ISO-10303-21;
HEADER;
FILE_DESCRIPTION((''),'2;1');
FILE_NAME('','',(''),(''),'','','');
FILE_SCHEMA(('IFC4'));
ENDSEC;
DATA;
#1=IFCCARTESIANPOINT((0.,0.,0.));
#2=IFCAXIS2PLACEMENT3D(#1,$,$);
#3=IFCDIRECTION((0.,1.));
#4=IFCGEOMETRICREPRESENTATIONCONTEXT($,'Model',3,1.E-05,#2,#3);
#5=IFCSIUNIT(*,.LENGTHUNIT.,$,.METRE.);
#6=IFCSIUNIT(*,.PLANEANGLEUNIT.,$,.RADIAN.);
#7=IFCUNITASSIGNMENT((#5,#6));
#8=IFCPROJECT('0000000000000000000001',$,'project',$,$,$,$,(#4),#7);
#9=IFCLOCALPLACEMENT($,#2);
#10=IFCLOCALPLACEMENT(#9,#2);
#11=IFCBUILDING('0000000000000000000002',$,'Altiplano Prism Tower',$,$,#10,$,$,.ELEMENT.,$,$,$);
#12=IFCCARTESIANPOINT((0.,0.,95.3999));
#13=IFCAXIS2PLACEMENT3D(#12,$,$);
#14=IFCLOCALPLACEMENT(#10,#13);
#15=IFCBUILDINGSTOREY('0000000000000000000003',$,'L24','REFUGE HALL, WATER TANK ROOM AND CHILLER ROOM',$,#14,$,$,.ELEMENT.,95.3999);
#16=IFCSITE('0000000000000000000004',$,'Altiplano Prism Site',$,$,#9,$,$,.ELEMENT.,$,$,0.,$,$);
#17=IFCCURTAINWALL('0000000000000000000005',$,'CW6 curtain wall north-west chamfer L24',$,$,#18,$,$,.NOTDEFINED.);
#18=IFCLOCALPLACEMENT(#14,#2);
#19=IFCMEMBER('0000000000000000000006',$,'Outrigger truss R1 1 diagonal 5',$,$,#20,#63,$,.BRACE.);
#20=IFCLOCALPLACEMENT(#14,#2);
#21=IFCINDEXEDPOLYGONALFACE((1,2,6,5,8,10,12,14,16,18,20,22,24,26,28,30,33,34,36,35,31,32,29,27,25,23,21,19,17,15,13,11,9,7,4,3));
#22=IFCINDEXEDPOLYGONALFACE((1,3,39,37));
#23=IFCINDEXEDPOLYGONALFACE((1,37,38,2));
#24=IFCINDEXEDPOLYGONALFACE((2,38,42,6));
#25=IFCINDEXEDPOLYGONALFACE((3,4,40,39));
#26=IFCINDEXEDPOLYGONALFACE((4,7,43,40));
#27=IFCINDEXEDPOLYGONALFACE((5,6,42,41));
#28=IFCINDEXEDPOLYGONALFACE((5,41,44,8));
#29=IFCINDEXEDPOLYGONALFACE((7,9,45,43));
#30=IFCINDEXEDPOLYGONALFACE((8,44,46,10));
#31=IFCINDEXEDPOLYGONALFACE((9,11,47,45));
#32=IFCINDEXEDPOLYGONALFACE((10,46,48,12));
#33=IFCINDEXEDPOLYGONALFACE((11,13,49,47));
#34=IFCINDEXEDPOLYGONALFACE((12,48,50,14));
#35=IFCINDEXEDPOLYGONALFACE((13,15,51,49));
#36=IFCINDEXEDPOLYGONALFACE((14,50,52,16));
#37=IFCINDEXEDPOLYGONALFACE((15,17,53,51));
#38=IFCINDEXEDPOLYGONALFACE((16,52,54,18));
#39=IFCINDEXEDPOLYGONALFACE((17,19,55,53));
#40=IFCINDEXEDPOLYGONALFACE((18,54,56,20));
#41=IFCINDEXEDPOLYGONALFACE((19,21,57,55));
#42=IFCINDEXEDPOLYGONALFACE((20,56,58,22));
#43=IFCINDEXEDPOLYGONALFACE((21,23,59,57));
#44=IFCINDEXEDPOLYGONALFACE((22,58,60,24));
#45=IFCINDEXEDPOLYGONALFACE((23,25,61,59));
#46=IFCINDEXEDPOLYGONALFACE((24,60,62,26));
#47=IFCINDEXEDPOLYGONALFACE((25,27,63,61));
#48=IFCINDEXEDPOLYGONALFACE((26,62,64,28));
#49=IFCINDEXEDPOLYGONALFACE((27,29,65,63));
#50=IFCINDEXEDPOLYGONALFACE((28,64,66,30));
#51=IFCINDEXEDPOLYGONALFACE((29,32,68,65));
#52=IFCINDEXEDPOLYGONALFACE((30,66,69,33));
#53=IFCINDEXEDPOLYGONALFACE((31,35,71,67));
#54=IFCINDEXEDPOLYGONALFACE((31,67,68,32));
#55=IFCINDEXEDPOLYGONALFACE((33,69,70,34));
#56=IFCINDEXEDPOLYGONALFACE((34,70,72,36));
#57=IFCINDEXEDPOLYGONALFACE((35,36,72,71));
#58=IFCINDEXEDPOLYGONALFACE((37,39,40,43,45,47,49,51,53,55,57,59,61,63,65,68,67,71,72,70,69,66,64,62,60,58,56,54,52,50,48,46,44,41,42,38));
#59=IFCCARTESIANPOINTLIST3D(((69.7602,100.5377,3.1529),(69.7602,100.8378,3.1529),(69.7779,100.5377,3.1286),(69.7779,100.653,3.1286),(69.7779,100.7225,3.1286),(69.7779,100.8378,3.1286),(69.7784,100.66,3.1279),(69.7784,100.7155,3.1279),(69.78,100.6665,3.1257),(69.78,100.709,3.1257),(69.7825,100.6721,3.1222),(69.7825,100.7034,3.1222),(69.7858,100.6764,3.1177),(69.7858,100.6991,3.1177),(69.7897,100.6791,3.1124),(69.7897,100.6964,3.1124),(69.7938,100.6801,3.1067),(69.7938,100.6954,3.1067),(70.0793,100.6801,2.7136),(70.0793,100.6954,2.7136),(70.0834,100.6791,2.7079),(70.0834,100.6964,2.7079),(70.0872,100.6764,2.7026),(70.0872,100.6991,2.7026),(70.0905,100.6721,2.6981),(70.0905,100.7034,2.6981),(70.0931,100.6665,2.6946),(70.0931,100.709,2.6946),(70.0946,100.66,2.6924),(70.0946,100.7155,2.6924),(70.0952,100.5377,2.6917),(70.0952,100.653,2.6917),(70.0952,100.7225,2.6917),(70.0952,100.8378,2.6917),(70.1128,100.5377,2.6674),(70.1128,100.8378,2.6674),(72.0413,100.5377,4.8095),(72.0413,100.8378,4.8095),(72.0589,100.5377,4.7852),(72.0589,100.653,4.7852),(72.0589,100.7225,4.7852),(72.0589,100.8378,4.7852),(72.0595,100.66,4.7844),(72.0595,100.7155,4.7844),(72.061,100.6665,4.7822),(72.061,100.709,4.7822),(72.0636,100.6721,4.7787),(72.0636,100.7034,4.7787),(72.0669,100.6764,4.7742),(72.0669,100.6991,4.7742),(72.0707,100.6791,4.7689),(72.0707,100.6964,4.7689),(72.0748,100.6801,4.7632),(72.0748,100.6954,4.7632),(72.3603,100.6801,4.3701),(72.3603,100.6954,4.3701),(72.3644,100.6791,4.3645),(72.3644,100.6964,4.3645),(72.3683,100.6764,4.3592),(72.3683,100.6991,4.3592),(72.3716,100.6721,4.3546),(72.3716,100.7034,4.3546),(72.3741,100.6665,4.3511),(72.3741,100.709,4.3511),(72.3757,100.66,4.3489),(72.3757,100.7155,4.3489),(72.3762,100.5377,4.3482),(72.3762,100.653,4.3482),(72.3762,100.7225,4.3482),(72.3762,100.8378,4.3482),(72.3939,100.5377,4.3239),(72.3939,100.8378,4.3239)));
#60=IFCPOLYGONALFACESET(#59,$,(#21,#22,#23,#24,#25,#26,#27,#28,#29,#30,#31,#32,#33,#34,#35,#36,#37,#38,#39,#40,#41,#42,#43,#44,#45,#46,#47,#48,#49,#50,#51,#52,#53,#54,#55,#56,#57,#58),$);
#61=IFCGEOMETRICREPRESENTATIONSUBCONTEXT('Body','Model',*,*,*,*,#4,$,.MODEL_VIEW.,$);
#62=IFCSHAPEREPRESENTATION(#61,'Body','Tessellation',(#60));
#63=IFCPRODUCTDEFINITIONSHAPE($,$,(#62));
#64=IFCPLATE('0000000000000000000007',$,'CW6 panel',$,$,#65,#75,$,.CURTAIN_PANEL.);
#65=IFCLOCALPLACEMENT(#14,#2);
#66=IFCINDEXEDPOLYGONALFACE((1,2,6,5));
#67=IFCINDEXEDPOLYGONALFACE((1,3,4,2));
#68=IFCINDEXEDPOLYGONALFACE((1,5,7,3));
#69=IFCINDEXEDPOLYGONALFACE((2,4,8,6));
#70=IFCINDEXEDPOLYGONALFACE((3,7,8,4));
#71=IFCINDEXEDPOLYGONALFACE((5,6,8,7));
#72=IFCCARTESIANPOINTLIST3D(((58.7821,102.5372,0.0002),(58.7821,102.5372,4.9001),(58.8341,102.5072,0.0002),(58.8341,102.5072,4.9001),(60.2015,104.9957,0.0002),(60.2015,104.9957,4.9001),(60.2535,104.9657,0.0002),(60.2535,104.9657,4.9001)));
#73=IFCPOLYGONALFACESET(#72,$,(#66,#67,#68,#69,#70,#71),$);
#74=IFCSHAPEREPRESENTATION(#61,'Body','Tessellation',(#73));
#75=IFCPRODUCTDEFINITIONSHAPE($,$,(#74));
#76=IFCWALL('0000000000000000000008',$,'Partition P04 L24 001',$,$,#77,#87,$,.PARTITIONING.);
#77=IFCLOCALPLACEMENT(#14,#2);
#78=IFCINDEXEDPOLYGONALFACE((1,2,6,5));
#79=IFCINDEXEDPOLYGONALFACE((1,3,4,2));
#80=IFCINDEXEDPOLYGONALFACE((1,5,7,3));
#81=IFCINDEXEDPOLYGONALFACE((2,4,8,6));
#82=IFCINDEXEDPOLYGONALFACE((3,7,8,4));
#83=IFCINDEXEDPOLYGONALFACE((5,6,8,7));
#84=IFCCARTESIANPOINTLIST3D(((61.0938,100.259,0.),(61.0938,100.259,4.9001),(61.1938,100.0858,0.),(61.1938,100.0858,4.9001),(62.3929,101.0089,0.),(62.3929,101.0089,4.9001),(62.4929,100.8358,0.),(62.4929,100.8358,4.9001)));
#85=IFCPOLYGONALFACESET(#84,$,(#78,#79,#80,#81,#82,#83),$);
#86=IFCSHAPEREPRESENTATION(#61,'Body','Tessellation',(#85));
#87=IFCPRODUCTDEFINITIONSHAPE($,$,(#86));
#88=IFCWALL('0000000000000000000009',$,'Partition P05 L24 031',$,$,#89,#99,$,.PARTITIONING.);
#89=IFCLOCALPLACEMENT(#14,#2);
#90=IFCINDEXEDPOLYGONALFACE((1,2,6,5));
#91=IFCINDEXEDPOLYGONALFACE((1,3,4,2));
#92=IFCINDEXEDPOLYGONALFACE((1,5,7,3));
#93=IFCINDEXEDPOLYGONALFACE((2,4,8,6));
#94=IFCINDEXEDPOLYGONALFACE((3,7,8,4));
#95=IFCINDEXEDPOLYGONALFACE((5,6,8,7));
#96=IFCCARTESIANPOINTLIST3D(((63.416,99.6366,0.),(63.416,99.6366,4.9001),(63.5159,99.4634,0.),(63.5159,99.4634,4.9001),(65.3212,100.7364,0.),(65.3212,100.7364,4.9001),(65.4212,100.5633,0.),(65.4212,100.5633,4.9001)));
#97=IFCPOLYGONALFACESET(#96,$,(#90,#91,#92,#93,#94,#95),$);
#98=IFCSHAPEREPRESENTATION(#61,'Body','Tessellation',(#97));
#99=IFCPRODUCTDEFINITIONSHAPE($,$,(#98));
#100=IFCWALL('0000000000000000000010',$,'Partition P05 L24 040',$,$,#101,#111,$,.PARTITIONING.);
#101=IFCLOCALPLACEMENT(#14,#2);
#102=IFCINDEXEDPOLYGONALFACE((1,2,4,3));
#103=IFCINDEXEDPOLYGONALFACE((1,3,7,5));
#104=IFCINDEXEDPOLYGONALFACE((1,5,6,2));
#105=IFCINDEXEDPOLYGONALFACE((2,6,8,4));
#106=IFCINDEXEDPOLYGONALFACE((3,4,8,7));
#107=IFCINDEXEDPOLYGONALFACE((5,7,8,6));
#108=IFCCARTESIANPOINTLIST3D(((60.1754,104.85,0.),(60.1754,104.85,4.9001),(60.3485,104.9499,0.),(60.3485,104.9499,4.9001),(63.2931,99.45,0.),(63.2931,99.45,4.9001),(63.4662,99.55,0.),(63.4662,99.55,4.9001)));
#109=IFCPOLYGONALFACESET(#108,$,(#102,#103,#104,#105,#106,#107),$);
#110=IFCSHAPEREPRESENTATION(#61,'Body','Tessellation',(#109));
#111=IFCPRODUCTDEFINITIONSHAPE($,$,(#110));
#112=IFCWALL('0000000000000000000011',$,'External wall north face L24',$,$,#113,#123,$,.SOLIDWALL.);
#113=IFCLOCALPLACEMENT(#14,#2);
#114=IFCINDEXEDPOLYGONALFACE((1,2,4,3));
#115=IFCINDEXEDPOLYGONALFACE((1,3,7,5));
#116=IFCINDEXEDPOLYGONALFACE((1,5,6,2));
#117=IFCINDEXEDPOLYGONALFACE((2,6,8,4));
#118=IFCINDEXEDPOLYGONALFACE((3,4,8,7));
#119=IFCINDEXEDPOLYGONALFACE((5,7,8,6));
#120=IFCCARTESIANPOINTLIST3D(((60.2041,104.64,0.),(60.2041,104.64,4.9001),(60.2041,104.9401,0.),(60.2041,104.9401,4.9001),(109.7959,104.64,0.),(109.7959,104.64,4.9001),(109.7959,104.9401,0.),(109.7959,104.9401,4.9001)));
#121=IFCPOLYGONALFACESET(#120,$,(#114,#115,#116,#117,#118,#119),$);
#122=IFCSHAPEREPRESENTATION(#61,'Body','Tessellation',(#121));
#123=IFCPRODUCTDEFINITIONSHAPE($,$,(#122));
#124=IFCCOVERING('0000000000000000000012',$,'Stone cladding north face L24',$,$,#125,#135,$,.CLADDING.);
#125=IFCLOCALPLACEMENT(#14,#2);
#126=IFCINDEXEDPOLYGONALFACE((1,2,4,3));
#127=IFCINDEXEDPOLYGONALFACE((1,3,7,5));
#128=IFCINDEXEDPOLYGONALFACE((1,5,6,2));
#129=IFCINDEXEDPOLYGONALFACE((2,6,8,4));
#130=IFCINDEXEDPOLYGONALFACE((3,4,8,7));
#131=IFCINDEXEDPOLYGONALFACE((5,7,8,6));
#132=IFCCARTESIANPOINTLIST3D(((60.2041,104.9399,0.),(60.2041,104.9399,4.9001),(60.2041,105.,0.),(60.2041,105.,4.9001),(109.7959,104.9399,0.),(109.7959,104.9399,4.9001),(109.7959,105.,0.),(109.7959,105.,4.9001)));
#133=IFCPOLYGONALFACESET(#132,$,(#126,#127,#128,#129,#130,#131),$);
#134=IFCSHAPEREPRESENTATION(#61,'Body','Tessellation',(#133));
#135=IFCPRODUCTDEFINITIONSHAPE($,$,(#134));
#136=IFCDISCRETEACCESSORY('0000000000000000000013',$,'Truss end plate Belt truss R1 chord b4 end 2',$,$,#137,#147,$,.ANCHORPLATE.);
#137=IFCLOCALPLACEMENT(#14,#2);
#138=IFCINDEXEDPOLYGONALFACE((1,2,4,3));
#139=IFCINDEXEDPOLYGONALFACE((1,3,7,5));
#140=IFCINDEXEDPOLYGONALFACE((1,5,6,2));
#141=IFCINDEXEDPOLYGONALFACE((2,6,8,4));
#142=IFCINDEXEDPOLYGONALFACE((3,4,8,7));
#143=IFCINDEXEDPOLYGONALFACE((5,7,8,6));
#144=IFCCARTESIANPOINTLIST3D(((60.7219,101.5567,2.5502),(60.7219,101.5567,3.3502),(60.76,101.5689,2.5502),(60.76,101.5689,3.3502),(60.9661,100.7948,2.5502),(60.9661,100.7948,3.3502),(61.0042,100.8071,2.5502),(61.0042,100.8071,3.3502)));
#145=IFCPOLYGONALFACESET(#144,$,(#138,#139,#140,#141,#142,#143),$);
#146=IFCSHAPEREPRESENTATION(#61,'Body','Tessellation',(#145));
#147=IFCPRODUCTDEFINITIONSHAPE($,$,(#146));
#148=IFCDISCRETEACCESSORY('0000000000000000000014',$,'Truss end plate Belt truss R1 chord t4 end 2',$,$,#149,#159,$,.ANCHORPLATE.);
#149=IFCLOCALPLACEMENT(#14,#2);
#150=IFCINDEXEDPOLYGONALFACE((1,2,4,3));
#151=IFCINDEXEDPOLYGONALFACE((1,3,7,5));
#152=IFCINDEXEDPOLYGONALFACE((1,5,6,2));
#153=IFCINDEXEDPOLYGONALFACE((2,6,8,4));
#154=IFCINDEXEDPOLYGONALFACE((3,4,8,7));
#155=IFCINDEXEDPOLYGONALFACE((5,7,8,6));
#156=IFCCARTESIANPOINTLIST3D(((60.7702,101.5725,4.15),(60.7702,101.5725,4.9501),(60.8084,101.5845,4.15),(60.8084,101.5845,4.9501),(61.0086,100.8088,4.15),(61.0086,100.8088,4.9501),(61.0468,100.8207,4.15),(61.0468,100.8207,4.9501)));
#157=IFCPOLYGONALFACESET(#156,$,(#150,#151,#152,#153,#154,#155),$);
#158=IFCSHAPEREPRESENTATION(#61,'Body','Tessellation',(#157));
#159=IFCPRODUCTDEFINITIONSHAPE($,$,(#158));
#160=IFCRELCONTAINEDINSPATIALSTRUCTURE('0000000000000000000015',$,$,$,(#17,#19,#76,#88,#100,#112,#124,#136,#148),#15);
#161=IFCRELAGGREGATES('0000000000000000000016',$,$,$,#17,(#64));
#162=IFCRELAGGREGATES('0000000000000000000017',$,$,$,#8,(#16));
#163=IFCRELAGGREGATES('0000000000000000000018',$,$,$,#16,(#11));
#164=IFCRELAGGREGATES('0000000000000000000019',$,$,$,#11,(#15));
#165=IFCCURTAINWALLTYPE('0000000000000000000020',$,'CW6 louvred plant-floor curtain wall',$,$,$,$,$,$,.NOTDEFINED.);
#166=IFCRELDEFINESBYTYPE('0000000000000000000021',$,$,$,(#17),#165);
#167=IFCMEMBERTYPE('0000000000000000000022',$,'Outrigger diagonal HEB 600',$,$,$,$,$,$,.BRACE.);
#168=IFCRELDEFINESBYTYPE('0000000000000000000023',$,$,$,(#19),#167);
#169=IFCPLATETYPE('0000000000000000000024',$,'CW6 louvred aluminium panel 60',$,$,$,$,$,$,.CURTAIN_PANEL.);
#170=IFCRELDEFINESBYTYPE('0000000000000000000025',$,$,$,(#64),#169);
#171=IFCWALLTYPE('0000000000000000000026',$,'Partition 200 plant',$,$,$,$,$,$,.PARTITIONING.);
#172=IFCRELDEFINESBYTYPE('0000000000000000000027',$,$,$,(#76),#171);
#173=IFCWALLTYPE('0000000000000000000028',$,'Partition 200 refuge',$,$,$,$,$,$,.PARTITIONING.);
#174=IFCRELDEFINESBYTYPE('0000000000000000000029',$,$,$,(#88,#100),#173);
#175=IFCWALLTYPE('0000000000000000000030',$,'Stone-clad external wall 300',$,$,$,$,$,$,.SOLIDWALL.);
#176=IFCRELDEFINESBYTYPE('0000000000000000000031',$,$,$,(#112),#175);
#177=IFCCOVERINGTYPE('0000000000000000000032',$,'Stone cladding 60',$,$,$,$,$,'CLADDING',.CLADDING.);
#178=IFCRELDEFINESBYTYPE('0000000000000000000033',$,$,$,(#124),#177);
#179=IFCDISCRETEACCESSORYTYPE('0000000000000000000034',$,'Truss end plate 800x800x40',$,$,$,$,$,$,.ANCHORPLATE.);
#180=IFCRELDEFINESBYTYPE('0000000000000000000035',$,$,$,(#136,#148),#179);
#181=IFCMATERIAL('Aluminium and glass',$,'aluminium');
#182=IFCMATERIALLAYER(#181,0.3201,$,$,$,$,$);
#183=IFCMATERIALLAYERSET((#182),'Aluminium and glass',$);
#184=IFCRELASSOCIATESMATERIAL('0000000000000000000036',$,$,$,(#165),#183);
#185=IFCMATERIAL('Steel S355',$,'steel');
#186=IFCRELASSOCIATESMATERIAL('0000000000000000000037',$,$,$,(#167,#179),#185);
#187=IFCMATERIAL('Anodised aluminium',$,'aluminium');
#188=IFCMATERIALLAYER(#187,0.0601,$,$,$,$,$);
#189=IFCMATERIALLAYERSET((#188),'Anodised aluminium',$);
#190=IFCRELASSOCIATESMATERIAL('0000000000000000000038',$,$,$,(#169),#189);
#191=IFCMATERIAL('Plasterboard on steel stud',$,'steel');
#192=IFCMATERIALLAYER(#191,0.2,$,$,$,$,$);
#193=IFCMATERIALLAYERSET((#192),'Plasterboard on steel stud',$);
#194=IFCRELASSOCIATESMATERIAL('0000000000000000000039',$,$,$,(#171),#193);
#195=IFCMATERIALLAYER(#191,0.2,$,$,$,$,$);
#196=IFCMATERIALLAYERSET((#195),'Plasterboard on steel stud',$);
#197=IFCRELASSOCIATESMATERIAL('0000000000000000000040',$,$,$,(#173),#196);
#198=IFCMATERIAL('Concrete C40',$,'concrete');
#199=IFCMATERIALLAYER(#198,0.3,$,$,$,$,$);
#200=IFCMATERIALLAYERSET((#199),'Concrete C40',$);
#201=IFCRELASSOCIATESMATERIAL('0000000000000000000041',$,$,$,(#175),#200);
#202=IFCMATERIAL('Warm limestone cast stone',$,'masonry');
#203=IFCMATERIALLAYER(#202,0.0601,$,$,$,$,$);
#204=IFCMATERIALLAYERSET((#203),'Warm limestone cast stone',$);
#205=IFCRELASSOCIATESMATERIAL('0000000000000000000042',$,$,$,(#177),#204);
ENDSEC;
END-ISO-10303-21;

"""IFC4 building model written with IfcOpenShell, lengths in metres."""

from ifc_helpers import new_model, si_unit, direction, frame, frame_2d, origin, origin_2d, place, context, subcontext, project, spatial, rectangle, i_section, extrude, material, layer, layer_set, material_profile, profile_set, type_object, element, aggregate, save


model = new_model("IFC4")

# Units and contexts
model_context = context("Model", 3, precision=1e-05, world=origin(), true_north=direction((0.0, 1.0)))
body_context = subcontext(model_context, "Body", "Model", "MODEL_VIEW")
ifc_project = project(units=[si_unit("LENGTHUNIT", "METRE"), si_unit("PLANEANGLEUNIT", "RADIAN")], contexts=[model_context])

# Site, building, storey
site_placement = place(None, origin())
site = spatial("IfcSite", under=ifc_project, at=site_placement, Name="Altiplano Prism Site", CompositionType="ELEMENT", RefElevation=0.0)
building_placement = place(site_placement, origin())
building = spatial("IfcBuilding", under=site, at=building_placement, Name="Altiplano Prism Tower", CompositionType="ELEMENT")
storey_placement = place(building_placement, frame((0.0, 0.0, 95.3999)))
storey = spatial("IfcBuildingStorey", under=building, at=storey_placement, Name="L24", Description="REFUGE HALL, WATER TANK ROOM AND CHILLER ROOM", CompositionType="ELEMENT", Elevation=95.3999)

# Curtain wall
ifc_material_1 = material(Name="Aluminium and glass", Category="aluminium")
ifc_layer_1 = layer(ifc_material_1, 0.3201)
ifc_layer_set_1 = layer_set([ifc_layer_1], Name="Aluminium and glass")
curtain_wall_type = type_object("IfcCurtainWallType", Name="CW6 louvred plant-floor curtain wall", PredefinedType="NOTDEFINED", material=ifc_layer_set_1)
curtain_wall_placement = place(storey_placement, origin())
curtain_wall = element("IfcCurtainWall", 1, at=curtain_wall_placement, inside=storey, type_object=curtain_wall_type, Name="CW6 curtain wall north-west chamfer L24", PredefinedType="NOTDEFINED")

# Member
ifc_material_2 = material(Name="Steel S355", Category="steel")
ifc_material_profile_1 = material_profile(ifc_material_2, i_section(OverallWidth=0.3, OverallDepth=0.6001, WebThickness=0.0154, FlangeThickness=0.03, FilletRadius=0.0271, at=origin_2d()), Name="Outrigger diagonal HEB 600")
ifc_profile_set_1 = profile_set([ifc_material_profile_1], Name="Steel S355")
member_type_1 = type_object("IfcMemberType", Name="Outrigger diagonal HEB 600", PredefinedType="BRACE", material=ifc_profile_set_1)
member_1_placement = place(storey_placement, frame((69.9365, 100.6877, 2.9102), z_axis=(0.809144, 0.0, 0.58761), x_axis=(0.0, 1.0, 0.0)))
element("IfcMember", 2, at=member_1_placement, inside=storey, type_object=member_type_1, Name="Outrigger truss R1 1 diagonal 5", PredefinedType="BRACE", context=body_context, shape_type="SweptSolid", body=[
    extrude(i_section(OverallWidth=0.3, OverallDepth=0.6001, WebThickness=0.0154, FlangeThickness=0.03, FilletRadius=0.0271, at=origin_2d()), origin(), (0.0, 0.0, 1.0), 2.8191),
])

# Plate
ifc_material_3 = material(Name="Anodised aluminium", Category="aluminium")
ifc_layer_2 = layer(ifc_material_3, 0.0601)
ifc_layer_set_2 = layer_set([ifc_layer_2], Name="Anodised aluminium")
plate_type = type_object("IfcPlateType", Name="CW6 louvred aluminium panel 60", PredefinedType="CURTAIN_PANEL", material=ifc_layer_set_2)
plate_placement = place(storey_placement, frame((59.5178, 103.7515, 0.0002), z_axis=(0.0, 0.0, 1.0), x_axis=(-0.5, -0.866025, 0.0)))
plate = element("IfcPlate", 3, at=plate_placement, type_object=plate_type, Name="CW6 panel", PredefinedType="CURTAIN_PANEL", context=body_context, shape_type="SweptSolid", body=[
    extrude(rectangle(XDim=2.8389, YDim=0.0601, at=origin_2d()), origin(), (0.0, 0.0, 1.0), 4.8999),
])
aggregate(curtain_wall, [plate])

# Wall
ifc_material_4 = material(Name="Plasterboard on steel stud", Category="steel")
ifc_layer_3 = layer(ifc_material_4, 0.2)
ifc_layer_set_3 = layer_set([ifc_layer_3], Name="Plasterboard on steel stud")
wall_type_1 = type_object("IfcWallType", Name="Partition 200 plant", PredefinedType="PARTITIONING", material=ifc_layer_set_3)
wall_1_placement = place(storey_placement, frame((62.4429, 100.9224, 0.0), z_axis=(0.0, 0.0, 1.0), x_axis=(-0.866031, -0.49999, 0.0)))
element("IfcWall", 4, at=wall_1_placement, inside=storey, type_object=wall_type_1, Name="Partition P04 L24 001", PredefinedType="PARTITIONING", context=body_context, shape_type="SweptSolid", body=[
    extrude(rectangle(XDim=1.5, YDim=0.2, at=frame_2d((0.75, 0.0))), origin(), (0.0, 0.0, 1.0), 4.9001),
])

# Walls
ifc_layer_4 = layer(ifc_material_4, 0.2)
ifc_layer_set_4 = layer_set([ifc_layer_4], Name="Plasterboard on steel stud")
wall_type_2 = type_object("IfcWallType", Name="Partition 200 refuge", PredefinedType="PARTITIONING", material=ifc_layer_set_4)
wall_2_placement = place(storey_placement, frame((65.3713, 100.6499, 0.0), z_axis=(0.0, 0.0, 1.0), x_axis=(-0.866056, -0.499947, 0.0)))
element("IfcWall", 5, at=wall_2_placement, inside=storey, type_object=wall_type_2, Name="Partition P05 L24 031", PredefinedType="PARTITIONING", context=body_context, shape_type="SweptSolid", body=[
    extrude(rectangle(XDim=2.2, YDim=0.2, at=frame_2d((1.1001, 0.0))), origin(), (0.0, 0.0, 1.0), 4.9001),
])
wall_3_placement = place(storey_placement, frame((63.3796, 99.5, 0.0), z_axis=(0.0, 0.0, 1.0), x_axis=(-0.500005, 0.866023, 0.0)))
element("IfcWall", 6, at=wall_3_placement, inside=storey, type_object=wall_type_2, Name="Partition P05 L24 040", PredefinedType="PARTITIONING", context=body_context, shape_type="SweptSolid", body=[
    extrude(rectangle(XDim=6.2354, YDim=0.2, at=frame_2d((3.1177, 0.0))), origin(), (0.0, 0.0, 1.0), 4.9001),
])
ifc_material_5 = material(Name="Concrete C40", Category="concrete")
ifc_layer_5 = layer(ifc_material_5, 0.3)
ifc_layer_set_5 = layer_set([ifc_layer_5], Name="Concrete C40")
wall_type_3 = type_object("IfcWallType", Name="Stone-clad external wall 300", PredefinedType="SOLIDWALL", material=ifc_layer_set_5)
wall_4_placement = place(storey_placement, frame((60.2041, 104.79, 0.0), z_axis=(0.0, 0.0, 1.0), x_axis=(1.0, 0.0, 0.0)))
element("IfcWall", 7, at=wall_4_placement, inside=storey, type_object=wall_type_3, Name="External wall north face L24", PredefinedType="SOLIDWALL", context=body_context, shape_type="SweptSolid", body=[
    extrude(rectangle(XDim=49.5918, YDim=0.3, at=frame_2d((24.7959, 0.0))), origin(), (0.0, 0.0, 1.0), 4.9001),
])

# Covering
ifc_material_6 = material(Name="Warm limestone cast stone", Category="masonry")
ifc_layer_6 = layer(ifc_material_6, 0.0601)
ifc_layer_set_6 = layer_set([ifc_layer_6], Name="Warm limestone cast stone")
covering_type = type_object("IfcCoveringType", Name="Stone cladding 60", ElementType="CLADDING", PredefinedType="CLADDING", material=ifc_layer_set_6)
covering_placement = place(storey_placement, frame((60.2041, 104.97, 0.0), z_axis=(0.0, 0.0, 1.0), x_axis=(1.0, 0.0, 0.0)))
element("IfcCovering", 8, at=covering_placement, inside=storey, type_object=covering_type, Name="Stone cladding north face L24", PredefinedType="CLADDING", context=body_context, shape_type="SweptSolid", body=[
    extrude(rectangle(XDim=49.5918, YDim=0.0601, at=frame_2d((24.7959, 0.0))), origin(), (0.0, 0.0, 1.0), 4.9001),
])

# Discrete accessories
ifc_material_profile_2 = material_profile(ifc_material_2, rectangle(XDim=0.8, YDim=0.8, at=origin_2d()), Name="Truss end plate 800x800x40")
ifc_profile_set_2 = profile_set([ifc_material_profile_2], Name="Steel S355")
discrete_accessory_type = type_object("IfcDiscreteAccessoryType", Name="Truss end plate 800x800x40", PredefinedType="ANCHORPLATE", material=ifc_profile_set_2)
for number, where, z_axis, x_axis, name in (
    (9, (60.844, 101.1758, 2.9502), (0.952282, 0.305219, 0.0), (-0.305219, 0.952282, 0.0), "Truss end plate Belt truss R1 chord b4 end 2"),
    (10, (60.8894, 101.1907, 4.55), (0.954588, 0.297929, 0.0), (-0.297929, 0.954588, 0.0), "Truss end plate Belt truss R1 chord t4 end 2"),
):
    element("IfcDiscreteAccessory", number, at=place(storey_placement, frame(where, z_axis=z_axis, x_axis=x_axis)), inside=storey, type_object=discrete_accessory_type, Name=name, PredefinedType="ANCHORPLATE", context=body_context, shape_type="SweptSolid", body=[
        extrude(rectangle(XDim=0.8, YDim=0.8, at=origin_2d()), origin(), (0.0, 0.0, 1.0), 0.04),
    ])

save(model, "model.ifc")
